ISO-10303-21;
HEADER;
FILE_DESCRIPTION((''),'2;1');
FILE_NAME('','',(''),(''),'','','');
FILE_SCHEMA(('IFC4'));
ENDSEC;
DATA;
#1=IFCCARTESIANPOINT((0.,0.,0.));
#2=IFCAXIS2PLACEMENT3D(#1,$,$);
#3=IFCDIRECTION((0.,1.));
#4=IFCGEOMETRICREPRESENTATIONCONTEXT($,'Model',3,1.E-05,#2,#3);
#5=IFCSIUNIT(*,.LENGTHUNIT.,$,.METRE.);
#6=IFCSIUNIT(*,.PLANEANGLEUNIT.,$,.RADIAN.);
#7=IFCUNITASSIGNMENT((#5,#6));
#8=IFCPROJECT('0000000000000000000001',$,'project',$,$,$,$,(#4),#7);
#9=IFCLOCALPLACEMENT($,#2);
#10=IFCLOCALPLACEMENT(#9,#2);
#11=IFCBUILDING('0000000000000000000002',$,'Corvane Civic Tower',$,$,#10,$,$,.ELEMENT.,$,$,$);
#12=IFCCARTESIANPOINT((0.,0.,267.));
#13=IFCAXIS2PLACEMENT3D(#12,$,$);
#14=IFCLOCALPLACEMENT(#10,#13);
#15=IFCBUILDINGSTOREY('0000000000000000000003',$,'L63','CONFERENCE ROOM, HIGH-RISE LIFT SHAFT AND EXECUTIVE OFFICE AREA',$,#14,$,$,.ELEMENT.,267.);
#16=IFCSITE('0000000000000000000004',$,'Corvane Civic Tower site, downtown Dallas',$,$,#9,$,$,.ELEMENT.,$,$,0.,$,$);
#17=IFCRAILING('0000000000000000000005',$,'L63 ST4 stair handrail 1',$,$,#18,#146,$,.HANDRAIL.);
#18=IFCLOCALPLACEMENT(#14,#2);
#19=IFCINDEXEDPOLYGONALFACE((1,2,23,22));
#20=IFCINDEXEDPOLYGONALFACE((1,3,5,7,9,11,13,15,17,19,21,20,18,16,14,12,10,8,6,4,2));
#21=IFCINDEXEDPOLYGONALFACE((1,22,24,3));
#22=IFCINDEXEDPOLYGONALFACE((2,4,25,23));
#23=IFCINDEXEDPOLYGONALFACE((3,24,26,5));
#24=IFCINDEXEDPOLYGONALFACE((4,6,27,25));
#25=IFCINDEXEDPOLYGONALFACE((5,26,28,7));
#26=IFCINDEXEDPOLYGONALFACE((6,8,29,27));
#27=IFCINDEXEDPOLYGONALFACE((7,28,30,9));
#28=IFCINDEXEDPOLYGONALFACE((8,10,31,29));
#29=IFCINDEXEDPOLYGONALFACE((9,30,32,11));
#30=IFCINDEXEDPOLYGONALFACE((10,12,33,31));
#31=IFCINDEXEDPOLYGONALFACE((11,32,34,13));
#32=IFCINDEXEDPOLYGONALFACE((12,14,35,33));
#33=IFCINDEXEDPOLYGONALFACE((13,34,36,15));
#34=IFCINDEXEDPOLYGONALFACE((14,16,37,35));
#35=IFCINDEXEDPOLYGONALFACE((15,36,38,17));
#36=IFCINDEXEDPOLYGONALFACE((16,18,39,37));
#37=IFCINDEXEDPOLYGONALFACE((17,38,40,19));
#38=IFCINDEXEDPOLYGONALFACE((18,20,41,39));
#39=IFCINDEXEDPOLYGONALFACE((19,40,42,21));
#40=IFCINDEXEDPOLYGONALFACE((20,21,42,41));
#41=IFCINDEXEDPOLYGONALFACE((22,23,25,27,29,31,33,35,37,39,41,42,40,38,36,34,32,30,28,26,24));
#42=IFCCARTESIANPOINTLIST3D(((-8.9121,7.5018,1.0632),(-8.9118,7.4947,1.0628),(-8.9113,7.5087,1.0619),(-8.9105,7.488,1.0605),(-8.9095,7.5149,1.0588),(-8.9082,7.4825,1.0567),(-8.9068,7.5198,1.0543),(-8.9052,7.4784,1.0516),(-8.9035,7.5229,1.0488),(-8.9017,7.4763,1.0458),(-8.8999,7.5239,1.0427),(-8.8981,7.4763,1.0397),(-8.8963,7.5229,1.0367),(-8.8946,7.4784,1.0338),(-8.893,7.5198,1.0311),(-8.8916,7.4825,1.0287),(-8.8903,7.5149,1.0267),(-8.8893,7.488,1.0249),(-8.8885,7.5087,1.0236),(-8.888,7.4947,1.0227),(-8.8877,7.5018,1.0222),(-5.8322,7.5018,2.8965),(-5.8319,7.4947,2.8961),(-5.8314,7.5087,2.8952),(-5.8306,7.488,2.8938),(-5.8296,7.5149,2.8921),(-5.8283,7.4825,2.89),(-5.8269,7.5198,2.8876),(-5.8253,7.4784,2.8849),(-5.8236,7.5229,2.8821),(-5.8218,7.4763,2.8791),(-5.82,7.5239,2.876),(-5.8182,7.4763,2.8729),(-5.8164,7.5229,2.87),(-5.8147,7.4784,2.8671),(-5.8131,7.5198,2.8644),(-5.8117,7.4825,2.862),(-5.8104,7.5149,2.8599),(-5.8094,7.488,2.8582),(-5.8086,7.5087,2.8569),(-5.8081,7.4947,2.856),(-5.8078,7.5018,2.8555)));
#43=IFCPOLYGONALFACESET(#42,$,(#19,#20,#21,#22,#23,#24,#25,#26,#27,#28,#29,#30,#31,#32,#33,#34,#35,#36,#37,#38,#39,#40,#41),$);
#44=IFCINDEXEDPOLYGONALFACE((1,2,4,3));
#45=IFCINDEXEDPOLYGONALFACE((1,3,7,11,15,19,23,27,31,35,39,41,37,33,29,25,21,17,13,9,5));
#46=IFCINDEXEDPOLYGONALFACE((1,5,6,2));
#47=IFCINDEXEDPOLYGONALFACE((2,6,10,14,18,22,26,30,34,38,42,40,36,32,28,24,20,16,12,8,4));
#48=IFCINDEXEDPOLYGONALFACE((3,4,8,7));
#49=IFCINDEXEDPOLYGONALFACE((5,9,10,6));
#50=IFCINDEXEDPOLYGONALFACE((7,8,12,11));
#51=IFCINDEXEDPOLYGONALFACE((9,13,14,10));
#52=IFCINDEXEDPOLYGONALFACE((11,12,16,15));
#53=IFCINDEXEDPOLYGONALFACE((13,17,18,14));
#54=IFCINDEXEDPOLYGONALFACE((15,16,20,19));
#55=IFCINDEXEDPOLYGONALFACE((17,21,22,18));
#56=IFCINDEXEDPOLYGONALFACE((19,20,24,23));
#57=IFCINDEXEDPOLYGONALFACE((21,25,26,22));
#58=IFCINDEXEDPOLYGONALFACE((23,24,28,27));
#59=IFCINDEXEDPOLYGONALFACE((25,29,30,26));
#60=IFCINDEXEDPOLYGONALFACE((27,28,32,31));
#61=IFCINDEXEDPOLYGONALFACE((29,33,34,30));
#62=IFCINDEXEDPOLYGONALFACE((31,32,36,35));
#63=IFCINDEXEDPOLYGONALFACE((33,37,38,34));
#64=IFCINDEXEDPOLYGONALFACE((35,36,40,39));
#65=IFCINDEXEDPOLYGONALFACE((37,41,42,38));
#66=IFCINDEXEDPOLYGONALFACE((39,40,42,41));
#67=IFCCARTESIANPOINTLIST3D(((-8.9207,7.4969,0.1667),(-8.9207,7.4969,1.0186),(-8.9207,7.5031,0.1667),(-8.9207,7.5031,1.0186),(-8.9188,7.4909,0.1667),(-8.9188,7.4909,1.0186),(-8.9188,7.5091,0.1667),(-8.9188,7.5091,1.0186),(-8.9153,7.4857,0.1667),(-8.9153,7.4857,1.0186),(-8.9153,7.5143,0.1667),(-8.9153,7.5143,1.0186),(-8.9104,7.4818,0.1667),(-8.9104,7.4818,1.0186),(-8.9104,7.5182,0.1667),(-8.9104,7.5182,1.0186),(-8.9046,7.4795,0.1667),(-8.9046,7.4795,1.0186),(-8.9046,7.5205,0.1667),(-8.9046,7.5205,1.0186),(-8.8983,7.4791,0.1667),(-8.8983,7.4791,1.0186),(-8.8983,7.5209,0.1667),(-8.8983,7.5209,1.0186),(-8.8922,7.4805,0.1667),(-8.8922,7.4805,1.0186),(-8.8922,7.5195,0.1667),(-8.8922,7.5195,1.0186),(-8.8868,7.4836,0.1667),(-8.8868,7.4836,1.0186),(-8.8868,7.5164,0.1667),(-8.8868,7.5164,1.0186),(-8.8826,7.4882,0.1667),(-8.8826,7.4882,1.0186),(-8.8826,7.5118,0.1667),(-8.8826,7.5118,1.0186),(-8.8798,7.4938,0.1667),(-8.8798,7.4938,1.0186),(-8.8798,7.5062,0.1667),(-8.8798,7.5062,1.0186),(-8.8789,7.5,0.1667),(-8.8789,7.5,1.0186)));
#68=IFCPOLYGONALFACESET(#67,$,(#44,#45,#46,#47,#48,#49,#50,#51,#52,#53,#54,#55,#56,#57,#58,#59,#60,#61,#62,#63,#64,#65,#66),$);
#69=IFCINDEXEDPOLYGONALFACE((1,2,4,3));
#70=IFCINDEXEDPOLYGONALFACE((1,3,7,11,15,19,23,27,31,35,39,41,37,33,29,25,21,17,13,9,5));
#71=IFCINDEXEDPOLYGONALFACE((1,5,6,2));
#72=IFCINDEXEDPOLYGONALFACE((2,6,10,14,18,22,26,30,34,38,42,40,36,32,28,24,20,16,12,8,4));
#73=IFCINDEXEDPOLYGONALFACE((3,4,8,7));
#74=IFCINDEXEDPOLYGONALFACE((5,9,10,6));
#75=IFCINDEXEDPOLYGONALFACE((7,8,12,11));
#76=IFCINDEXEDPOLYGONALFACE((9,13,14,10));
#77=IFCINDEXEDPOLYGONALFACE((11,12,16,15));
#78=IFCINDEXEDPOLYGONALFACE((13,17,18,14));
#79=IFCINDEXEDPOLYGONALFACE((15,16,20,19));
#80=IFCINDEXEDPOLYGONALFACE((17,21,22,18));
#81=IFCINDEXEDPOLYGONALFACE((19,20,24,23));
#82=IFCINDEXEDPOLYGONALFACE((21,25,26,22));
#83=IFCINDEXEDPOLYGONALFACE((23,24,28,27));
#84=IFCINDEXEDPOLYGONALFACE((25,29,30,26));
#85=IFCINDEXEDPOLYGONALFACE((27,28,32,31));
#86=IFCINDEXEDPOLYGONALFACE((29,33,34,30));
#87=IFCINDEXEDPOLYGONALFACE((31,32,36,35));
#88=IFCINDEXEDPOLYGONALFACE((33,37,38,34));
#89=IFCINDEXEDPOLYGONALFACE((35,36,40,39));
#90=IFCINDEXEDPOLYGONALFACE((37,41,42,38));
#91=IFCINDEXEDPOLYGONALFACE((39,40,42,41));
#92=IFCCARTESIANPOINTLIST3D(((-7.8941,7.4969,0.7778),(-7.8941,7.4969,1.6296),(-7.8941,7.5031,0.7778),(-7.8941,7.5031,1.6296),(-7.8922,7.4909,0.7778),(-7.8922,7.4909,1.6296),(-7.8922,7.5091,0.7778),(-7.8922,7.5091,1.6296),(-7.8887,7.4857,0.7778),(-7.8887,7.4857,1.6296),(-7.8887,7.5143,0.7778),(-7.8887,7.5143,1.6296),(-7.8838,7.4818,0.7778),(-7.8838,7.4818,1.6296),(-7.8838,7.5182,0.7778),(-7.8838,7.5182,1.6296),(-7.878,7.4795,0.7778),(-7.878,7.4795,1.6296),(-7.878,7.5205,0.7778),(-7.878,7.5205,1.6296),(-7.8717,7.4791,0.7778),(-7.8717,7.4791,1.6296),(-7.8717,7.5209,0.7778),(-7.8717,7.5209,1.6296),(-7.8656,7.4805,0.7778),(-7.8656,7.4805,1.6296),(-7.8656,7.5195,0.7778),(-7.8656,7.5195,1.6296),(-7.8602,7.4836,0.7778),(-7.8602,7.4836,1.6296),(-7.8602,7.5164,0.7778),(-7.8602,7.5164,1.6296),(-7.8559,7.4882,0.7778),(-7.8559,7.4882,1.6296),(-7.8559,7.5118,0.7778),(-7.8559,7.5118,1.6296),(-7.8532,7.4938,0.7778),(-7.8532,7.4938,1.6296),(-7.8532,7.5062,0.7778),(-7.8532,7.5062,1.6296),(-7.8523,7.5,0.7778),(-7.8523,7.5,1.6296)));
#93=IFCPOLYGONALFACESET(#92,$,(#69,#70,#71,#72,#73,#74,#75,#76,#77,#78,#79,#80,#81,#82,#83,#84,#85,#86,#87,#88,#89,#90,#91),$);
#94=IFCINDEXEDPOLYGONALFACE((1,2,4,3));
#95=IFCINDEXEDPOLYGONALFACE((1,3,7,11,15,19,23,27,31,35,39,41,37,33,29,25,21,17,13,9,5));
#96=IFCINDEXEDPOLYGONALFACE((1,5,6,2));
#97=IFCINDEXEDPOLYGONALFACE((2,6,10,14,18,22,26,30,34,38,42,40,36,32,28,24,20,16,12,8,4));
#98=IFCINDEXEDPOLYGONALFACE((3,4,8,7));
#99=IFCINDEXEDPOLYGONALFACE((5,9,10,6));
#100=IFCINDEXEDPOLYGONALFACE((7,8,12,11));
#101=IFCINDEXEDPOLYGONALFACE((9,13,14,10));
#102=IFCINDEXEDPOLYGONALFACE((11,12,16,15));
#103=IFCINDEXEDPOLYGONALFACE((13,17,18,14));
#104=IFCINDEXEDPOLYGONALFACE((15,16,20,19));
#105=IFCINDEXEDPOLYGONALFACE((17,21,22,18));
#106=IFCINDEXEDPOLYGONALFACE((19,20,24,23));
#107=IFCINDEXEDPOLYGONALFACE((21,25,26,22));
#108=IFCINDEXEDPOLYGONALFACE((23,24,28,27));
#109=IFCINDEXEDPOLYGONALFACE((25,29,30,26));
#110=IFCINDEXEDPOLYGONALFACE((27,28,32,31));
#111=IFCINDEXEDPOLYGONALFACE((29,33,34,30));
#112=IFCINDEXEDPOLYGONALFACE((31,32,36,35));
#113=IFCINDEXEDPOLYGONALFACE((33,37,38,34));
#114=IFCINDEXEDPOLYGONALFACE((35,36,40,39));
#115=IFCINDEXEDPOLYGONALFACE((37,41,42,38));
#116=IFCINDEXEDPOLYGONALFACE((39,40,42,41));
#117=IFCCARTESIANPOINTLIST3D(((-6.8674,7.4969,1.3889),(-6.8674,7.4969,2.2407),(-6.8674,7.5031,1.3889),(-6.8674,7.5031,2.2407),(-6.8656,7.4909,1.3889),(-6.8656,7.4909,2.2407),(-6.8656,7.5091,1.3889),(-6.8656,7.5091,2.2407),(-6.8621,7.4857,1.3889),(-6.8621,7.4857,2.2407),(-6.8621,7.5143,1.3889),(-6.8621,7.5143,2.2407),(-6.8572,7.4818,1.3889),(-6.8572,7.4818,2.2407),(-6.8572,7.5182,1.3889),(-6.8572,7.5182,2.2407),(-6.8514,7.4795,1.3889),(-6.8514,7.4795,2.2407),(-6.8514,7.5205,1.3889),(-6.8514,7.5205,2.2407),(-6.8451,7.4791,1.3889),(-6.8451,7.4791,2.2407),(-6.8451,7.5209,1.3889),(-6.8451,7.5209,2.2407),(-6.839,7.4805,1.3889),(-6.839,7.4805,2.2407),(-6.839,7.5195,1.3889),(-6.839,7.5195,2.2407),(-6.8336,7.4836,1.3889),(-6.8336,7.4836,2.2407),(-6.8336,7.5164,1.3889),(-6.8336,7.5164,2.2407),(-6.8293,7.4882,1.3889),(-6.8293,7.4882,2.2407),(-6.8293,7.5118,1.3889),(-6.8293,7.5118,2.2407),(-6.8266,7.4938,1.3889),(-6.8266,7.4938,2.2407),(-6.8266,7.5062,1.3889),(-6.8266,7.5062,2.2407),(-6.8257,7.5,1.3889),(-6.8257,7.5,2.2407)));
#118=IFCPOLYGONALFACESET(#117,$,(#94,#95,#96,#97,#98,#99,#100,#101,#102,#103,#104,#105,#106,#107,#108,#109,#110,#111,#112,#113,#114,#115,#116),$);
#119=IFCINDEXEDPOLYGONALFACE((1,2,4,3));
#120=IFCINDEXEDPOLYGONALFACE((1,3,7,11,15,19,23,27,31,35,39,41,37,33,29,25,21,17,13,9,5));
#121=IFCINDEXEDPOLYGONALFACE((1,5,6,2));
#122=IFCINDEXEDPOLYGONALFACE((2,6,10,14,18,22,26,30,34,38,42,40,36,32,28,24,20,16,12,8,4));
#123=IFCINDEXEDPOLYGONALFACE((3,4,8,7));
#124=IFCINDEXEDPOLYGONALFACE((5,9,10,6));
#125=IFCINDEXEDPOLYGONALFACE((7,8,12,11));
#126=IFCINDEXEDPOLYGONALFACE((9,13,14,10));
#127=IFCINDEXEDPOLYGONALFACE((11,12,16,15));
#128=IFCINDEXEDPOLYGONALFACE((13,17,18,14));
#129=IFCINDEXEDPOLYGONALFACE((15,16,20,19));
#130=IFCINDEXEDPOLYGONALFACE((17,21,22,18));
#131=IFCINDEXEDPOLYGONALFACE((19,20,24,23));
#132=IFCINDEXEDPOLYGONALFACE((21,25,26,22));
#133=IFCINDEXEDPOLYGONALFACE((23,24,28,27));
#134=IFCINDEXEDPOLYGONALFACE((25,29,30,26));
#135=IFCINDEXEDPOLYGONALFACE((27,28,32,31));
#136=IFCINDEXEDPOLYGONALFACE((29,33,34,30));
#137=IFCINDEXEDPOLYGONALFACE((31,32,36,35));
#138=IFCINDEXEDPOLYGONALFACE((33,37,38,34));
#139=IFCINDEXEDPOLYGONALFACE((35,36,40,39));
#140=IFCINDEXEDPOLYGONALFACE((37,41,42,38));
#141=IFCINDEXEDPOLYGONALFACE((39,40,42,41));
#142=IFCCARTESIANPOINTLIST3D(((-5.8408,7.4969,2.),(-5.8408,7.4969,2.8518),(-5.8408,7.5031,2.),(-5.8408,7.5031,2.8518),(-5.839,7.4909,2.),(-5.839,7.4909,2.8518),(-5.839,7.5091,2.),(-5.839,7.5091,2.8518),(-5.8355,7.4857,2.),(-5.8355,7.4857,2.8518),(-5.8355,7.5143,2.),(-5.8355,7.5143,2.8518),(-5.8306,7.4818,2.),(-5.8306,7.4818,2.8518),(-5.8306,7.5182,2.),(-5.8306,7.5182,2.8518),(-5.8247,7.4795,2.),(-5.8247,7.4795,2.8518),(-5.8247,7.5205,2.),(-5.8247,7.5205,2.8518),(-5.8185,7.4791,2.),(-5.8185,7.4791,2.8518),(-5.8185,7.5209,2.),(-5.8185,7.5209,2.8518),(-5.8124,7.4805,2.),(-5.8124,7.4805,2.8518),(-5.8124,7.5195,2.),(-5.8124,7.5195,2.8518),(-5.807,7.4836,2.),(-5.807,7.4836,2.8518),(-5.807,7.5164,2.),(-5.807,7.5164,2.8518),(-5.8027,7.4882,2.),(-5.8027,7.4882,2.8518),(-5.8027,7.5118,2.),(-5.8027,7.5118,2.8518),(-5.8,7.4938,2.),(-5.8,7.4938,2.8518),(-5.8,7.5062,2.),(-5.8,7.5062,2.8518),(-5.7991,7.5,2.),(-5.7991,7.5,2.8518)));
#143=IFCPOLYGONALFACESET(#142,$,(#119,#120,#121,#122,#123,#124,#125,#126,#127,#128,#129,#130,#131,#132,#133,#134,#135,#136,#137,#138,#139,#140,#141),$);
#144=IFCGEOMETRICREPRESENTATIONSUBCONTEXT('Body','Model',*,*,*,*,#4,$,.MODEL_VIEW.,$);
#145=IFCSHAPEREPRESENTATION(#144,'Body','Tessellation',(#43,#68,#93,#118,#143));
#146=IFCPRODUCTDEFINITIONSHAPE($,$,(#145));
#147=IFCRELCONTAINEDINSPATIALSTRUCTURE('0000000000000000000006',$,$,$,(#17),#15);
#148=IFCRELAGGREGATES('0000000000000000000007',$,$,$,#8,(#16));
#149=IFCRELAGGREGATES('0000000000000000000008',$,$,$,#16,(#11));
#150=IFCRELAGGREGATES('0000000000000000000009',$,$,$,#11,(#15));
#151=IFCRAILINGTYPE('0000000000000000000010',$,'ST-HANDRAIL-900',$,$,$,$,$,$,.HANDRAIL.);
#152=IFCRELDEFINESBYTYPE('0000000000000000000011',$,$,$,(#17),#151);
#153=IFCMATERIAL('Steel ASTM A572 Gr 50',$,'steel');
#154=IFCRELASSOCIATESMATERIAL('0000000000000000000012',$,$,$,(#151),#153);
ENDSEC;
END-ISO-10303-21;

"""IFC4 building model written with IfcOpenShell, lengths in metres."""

from ifc_helpers import new_model, si_unit, direction, frame, origin, origin_2d, place, context, subcontext, project, spatial, circle, extrude, material, type_object, element, save


model = new_model("IFC4")

# Units and contexts
model_context = context("Model", 3, precision=1e-05, world=origin(), true_north=direction((0.0, 1.0)))
body_context = subcontext(model_context, "Body", "Model", "MODEL_VIEW")
ifc_project = project(units=[si_unit("LENGTHUNIT", "METRE"), si_unit("PLANEANGLEUNIT", "RADIAN")], contexts=[model_context])

# Site, building, storey
site_placement = place(None, origin())
site = spatial("IfcSite", under=ifc_project, at=site_placement, Name="Corvane Civic Tower site, downtown Dallas", CompositionType="ELEMENT", RefElevation=0.0)
building_placement = place(site_placement, origin())
building = spatial("IfcBuilding", under=site, at=building_placement, Name="Corvane Civic Tower", CompositionType="ELEMENT")
storey_placement = place(building_placement, frame((0.0, 0.0, 267.0)))
storey = spatial("IfcBuildingStorey", under=building, at=storey_placement, Name="L63", Description="CONFERENCE ROOM, HIGH-RISE LIFT SHAFT AND EXECUTIVE OFFICE AREA", CompositionType="ELEMENT", Elevation=267.0)

# Railing
ifc_material_1 = material(Name="Steel ASTM A572 Gr 50", Category="steel")
railing_type_1 = type_object("IfcRailingType", Name="ST-HANDRAIL-900", PredefinedType="HANDRAIL", material=ifc_material_1)
railing_1_placement = place(storey_placement, frame((-8.8999, 7.5, 0.1667)))
element("IfcRailing", 1, at=railing_1_placement, inside=storey, type_object=railing_type_1, Name="L63 ST4 stair handrail 1", PredefinedType="HANDRAIL", context=body_context, shape_type="SweptSolid", body=[
    extrude(circle(Radius=0.0239, at=origin_2d()), frame((0.0, 0.0, 0.876), z_axis=(0.859291, 0.0, 0.511487), x_axis=(0.0, 1.0, 0.0)), (0.0, 0.0, 1.0), 3.5842),
    extrude(circle(Radius=0.021, at=origin_2d()), origin(), (0.0, 0.0, 1.0), 0.8518),
    extrude(circle(Radius=0.021, at=origin_2d()), frame((1.0266, 0.0, 0.6111)), (0.0, 0.0, 1.0), 0.8518),
    extrude(circle(Radius=0.021, at=origin_2d()), frame((2.0532, 0.0, 1.2222)), (0.0, 0.0, 1.0), 0.8518),
    extrude(circle(Radius=0.021, at=origin_2d()), frame((3.0798, 0.0, 1.8333)), (0.0, 0.0, 1.0), 0.8518),
])

save(model, "model.ifc")
